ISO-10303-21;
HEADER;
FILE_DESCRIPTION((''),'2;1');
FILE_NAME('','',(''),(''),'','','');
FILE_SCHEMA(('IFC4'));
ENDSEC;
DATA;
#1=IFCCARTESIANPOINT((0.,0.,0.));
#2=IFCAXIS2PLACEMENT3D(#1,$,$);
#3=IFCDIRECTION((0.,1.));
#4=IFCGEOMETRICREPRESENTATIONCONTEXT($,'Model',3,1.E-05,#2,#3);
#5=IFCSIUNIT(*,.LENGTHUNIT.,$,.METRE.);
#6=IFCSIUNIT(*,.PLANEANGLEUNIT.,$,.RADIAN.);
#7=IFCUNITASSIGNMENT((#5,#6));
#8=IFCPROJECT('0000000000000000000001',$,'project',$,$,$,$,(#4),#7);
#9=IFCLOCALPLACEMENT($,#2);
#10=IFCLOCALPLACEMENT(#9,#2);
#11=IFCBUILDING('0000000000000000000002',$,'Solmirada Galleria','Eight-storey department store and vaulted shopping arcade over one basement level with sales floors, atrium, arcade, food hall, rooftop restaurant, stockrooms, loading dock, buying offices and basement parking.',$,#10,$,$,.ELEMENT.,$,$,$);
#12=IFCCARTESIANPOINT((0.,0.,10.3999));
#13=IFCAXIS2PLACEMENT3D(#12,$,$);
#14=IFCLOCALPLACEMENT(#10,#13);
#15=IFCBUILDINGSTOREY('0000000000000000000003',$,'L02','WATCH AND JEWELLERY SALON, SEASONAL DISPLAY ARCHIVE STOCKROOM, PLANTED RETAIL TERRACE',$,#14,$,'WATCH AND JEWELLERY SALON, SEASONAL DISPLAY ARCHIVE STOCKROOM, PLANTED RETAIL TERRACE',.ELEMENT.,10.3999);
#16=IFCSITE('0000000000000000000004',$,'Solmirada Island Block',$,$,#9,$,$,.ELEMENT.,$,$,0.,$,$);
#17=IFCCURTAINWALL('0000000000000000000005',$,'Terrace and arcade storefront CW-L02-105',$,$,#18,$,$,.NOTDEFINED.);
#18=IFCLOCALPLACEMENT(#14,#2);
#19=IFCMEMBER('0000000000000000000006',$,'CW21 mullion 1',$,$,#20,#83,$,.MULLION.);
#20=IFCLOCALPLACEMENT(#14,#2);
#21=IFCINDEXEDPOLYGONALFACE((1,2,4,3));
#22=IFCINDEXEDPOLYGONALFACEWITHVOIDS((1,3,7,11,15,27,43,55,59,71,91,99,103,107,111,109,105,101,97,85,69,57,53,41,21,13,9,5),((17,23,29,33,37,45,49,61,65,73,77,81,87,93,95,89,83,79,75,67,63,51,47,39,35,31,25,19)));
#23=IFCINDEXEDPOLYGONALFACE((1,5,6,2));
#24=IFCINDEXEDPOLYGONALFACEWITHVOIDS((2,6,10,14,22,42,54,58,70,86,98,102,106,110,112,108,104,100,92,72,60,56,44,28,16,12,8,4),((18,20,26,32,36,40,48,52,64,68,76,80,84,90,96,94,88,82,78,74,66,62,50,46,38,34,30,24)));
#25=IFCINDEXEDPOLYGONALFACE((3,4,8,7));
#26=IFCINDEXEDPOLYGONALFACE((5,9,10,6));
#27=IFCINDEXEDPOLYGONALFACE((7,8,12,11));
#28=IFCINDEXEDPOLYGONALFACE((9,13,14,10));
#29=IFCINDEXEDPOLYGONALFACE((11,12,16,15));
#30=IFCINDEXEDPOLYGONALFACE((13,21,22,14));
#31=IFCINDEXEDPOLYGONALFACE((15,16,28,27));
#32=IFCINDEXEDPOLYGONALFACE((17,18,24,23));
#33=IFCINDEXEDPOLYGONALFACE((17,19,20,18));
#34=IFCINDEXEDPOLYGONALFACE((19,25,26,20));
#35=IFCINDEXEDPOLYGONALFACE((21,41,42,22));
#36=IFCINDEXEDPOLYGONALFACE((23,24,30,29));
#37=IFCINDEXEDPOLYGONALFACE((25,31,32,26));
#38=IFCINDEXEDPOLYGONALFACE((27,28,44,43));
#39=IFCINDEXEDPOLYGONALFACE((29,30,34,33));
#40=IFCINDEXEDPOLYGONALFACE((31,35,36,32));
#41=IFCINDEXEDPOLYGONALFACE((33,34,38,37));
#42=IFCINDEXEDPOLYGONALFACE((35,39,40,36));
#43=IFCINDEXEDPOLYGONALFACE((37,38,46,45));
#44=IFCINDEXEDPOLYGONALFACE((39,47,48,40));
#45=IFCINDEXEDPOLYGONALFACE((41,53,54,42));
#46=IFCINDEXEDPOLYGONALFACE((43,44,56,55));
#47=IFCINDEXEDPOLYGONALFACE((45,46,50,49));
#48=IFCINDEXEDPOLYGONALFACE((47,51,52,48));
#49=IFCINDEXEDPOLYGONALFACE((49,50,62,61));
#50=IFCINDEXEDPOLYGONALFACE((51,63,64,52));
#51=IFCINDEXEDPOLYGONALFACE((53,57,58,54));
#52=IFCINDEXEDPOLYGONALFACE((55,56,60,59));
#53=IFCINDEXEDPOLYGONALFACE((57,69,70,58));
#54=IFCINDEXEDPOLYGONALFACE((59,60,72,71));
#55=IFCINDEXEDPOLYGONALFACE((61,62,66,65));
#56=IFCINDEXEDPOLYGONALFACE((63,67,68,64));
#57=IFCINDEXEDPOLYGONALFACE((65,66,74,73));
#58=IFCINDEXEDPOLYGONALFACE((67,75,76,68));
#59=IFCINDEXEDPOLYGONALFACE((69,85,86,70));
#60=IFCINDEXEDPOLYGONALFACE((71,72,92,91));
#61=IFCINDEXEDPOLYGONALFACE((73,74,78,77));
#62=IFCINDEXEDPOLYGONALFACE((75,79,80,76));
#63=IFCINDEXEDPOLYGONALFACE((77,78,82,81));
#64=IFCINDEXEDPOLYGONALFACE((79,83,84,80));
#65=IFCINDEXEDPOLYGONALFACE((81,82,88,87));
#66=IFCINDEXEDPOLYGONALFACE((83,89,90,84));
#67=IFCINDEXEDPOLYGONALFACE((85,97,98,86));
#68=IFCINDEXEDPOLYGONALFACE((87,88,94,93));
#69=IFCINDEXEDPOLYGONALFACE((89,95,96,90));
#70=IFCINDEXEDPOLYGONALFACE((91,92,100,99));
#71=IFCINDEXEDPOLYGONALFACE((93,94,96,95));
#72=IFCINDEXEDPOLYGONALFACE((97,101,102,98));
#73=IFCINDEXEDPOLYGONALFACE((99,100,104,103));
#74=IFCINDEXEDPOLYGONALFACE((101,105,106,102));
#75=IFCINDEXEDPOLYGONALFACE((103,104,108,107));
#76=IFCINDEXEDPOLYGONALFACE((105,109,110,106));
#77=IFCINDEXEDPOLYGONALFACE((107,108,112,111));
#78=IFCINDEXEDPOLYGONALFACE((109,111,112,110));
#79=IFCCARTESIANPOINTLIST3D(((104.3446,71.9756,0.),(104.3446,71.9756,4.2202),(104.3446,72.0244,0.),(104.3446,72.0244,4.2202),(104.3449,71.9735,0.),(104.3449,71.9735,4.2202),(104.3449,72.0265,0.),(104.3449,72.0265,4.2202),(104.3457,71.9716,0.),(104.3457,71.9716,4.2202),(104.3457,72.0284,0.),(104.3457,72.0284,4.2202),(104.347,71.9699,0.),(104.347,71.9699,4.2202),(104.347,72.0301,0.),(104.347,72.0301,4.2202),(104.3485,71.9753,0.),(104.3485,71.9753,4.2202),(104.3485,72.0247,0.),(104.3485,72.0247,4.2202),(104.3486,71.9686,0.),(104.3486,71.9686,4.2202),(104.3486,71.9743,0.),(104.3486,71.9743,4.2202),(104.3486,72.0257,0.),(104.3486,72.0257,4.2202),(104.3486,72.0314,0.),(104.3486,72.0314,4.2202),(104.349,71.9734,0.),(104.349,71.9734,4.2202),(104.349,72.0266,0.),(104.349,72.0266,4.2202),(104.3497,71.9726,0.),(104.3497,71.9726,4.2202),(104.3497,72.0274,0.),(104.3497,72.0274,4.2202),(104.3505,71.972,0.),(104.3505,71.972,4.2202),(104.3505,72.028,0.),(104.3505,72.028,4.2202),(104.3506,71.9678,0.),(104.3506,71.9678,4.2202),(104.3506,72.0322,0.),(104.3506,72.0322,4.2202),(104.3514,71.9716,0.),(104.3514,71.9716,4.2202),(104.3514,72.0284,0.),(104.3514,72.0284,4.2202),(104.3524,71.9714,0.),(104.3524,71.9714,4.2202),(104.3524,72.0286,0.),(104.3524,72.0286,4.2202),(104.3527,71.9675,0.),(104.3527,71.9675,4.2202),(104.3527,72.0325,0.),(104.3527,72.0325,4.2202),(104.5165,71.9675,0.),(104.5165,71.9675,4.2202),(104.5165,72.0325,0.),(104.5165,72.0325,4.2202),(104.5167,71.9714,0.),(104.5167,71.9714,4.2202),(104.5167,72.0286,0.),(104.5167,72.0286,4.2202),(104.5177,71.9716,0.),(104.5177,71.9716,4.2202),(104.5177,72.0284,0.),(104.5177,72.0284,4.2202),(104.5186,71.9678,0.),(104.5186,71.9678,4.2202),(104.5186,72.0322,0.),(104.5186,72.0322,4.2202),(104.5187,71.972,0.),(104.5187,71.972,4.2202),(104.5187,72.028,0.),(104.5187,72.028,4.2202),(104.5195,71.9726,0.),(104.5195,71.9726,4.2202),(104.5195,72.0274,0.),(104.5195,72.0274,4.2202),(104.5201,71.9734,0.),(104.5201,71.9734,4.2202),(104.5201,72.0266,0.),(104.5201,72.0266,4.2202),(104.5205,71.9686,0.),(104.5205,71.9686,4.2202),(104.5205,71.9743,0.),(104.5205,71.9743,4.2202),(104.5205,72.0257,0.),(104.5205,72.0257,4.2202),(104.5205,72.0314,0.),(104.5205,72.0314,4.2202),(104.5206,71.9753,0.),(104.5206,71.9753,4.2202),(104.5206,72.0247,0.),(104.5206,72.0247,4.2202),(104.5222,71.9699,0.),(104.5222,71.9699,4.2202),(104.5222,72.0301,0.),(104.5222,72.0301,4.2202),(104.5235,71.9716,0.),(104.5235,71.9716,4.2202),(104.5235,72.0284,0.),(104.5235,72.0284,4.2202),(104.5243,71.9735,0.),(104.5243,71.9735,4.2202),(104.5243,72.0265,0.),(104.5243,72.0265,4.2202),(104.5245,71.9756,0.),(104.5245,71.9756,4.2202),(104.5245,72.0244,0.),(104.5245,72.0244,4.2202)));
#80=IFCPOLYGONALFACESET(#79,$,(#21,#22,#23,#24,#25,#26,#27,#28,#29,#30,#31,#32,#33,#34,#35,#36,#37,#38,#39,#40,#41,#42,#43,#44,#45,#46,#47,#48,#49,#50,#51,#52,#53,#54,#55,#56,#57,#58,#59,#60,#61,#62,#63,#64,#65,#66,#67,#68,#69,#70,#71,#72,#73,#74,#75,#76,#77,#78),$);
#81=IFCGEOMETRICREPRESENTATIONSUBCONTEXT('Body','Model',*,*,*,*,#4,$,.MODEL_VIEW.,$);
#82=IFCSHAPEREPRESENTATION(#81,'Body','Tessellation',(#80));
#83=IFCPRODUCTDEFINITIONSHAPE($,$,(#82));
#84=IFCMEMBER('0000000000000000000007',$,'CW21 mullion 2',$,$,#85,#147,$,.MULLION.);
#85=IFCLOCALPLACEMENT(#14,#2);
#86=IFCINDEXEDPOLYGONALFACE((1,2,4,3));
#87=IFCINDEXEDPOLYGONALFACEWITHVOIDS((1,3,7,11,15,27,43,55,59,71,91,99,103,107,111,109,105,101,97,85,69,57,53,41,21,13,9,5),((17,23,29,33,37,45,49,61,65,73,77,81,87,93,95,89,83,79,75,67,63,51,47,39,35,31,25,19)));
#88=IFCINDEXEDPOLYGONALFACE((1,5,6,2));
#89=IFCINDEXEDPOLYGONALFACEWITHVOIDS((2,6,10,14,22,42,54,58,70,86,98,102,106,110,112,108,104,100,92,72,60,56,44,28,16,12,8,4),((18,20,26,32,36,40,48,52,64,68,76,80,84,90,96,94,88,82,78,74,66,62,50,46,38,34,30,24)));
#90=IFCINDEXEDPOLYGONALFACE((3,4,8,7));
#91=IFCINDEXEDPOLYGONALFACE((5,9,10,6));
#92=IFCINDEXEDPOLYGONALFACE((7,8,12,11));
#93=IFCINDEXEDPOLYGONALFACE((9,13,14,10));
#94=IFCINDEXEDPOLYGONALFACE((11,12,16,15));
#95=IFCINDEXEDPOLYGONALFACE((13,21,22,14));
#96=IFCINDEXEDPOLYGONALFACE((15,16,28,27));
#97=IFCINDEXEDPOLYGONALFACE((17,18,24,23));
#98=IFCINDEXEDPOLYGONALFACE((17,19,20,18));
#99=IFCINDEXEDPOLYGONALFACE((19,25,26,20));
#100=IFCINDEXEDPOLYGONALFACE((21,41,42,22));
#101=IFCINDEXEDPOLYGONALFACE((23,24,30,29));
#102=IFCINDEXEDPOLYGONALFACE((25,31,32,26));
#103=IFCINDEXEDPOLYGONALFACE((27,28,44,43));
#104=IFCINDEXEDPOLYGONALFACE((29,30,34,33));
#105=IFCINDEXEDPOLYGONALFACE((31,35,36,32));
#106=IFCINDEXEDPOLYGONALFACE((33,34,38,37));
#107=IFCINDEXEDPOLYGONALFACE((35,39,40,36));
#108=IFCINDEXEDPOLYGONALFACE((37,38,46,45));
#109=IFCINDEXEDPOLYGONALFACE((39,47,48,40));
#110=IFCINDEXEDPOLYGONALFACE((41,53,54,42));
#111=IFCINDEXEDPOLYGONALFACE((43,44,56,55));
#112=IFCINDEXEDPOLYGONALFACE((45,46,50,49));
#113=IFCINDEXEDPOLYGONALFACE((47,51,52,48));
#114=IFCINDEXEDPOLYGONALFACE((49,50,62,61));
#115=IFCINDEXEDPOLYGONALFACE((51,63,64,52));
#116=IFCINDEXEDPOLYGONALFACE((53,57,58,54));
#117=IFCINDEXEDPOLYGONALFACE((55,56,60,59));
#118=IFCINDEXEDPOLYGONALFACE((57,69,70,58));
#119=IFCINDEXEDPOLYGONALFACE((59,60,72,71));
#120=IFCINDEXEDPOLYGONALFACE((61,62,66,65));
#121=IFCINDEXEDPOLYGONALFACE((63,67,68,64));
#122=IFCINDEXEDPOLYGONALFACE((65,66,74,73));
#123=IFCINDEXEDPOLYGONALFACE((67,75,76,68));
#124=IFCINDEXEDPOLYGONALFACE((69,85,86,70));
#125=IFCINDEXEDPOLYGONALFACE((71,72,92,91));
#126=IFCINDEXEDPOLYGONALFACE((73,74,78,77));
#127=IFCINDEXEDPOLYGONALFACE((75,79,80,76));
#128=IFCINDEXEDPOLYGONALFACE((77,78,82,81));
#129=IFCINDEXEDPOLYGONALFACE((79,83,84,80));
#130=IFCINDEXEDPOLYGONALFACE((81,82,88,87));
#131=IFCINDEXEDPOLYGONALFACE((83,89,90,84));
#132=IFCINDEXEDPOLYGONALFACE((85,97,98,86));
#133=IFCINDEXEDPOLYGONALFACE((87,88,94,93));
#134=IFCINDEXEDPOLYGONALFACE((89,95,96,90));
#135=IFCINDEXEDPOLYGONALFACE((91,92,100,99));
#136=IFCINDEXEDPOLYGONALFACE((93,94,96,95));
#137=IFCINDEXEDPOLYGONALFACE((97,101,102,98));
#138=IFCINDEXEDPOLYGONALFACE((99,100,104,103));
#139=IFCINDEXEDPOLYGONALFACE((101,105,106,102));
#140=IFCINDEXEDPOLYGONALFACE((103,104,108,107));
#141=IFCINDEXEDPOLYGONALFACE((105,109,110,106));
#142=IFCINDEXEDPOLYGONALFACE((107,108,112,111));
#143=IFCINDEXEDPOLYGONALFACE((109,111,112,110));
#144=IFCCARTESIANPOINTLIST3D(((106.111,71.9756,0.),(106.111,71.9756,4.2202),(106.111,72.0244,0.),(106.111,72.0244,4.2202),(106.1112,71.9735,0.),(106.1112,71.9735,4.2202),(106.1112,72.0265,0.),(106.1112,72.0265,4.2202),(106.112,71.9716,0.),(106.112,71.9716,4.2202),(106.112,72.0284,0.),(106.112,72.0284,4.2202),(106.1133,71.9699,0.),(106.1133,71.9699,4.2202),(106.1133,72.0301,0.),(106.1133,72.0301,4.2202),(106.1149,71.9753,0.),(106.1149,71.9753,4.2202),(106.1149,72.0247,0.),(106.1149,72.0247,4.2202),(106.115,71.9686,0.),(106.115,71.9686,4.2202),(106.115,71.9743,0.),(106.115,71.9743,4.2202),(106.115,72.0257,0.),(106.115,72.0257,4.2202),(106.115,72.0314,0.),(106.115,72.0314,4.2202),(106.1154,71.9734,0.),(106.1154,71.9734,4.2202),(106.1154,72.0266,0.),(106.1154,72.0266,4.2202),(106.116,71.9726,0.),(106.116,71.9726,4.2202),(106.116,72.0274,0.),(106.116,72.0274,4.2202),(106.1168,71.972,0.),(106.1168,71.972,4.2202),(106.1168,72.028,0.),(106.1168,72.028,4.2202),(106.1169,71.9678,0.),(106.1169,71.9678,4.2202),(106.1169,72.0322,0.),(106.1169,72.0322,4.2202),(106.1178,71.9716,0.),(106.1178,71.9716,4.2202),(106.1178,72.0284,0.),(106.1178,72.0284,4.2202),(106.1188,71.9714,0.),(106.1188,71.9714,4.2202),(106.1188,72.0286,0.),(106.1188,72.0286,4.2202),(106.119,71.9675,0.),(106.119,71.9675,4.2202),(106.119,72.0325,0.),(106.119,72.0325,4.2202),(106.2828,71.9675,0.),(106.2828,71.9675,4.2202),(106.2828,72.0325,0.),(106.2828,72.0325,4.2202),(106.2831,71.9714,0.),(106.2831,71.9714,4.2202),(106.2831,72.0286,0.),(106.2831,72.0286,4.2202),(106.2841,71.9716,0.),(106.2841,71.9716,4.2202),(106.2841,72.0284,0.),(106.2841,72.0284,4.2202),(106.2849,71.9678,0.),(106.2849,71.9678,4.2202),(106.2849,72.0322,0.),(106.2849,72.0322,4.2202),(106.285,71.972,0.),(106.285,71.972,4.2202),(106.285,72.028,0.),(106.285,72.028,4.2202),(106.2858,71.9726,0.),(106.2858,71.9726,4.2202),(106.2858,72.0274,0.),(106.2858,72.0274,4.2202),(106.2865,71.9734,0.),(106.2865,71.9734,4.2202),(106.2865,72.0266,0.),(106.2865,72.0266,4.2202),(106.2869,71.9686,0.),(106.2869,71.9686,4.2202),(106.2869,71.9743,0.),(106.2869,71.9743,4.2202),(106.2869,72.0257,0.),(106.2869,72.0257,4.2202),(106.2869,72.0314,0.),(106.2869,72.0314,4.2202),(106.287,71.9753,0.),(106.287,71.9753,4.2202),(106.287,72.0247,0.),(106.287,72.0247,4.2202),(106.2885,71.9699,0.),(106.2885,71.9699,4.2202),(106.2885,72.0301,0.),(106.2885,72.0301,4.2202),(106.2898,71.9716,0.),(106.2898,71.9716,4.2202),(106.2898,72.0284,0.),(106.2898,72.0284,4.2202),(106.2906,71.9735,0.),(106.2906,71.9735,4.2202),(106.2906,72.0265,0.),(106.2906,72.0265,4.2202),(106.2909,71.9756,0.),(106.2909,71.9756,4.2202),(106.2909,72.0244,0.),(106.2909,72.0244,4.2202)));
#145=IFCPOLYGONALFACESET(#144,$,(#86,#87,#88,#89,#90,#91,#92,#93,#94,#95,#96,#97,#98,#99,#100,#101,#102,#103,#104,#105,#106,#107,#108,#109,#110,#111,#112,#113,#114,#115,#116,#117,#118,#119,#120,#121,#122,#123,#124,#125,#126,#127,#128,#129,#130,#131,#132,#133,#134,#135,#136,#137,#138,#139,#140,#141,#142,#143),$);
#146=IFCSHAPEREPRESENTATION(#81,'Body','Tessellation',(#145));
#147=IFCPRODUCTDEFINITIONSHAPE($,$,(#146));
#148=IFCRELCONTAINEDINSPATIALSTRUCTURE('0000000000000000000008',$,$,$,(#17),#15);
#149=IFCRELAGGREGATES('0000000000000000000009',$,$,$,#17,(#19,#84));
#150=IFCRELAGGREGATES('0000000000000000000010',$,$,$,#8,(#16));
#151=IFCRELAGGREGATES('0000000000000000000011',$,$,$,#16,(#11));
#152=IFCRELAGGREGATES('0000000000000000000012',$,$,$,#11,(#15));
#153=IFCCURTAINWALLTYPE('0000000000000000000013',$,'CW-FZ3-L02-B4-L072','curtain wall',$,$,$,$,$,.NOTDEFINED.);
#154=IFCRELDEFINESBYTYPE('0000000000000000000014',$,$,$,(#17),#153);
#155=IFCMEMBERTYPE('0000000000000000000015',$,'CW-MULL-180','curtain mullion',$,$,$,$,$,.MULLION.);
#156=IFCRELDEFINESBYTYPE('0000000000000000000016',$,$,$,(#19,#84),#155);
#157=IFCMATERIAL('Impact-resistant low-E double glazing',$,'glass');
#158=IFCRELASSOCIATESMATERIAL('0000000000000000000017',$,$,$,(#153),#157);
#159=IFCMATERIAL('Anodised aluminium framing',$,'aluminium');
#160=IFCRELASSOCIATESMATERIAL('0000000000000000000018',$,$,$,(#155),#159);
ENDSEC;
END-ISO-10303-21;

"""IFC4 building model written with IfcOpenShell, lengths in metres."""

from ifc_helpers import new_model, si_unit, direction, frame, origin, origin_2d, place, context, subcontext, project, spatial, hollow_rectangle, extrude, material, material_profile, profile_set, type_object, element, aggregate, save


model = new_model("IFC4")

# Units and contexts
model_context = context("Model", 3, precision=1e-05, world=origin(), true_north=direction((0.0, 1.0)))
body_context = subcontext(model_context, "Body", "Model", "MODEL_VIEW")
ifc_project = project(units=[si_unit("LENGTHUNIT", "METRE"), si_unit("PLANEANGLEUNIT", "RADIAN")], contexts=[model_context])

# Site, building, storey
site_placement = place(None, origin())
site = spatial("IfcSite", under=ifc_project, at=site_placement, Name="Solmirada Island Block", CompositionType="ELEMENT", RefElevation=0.0)
building_placement = place(site_placement, origin())
building = spatial("IfcBuilding", under=site, at=building_placement, Name="Solmirada Galleria", Description="Eight-storey department store and vaulted shopping arcade over one basement level with sales floors, atrium, arcade, food hall, rooftop restaurant, stockrooms, loading dock, buying offices and basement parking.", CompositionType="ELEMENT")
storey_placement = place(building_placement, frame((0.0, 0.0, 10.3999)))
storey = spatial("IfcBuildingStorey", under=building, at=storey_placement, Name="L02", Description="WATCH AND JEWELLERY SALON, SEASONAL DISPLAY ARCHIVE STOCKROOM, PLANTED RETAIL TERRACE", LongName="WATCH AND JEWELLERY SALON, SEASONAL DISPLAY ARCHIVE STOCKROOM, PLANTED RETAIL TERRACE", CompositionType="ELEMENT", Elevation=10.3999)

# Curtain wall, members
ifc_material_1 = material(Name="Impact-resistant low-E double glazing", Category="glass")
curtain_wall_type = type_object("IfcCurtainWallType", Name="CW-FZ3-L02-B4-L072", Description="curtain wall", PredefinedType="NOTDEFINED", material=ifc_material_1)
ifc_material_2 = material(Name="Anodised aluminium framing", Category="aluminium")
ifc_material_profile_1 = material_profile(ifc_material_2, hollow_rectangle(XDim=0.0649, YDim=0.1799, WallThickness=0.0039, InnerFilletRadius=0.0039, OuterFilletRadius=0.0081, at=origin_2d()), Name="ALU-MULL-180X65")
ifc_profile_set_1 = profile_set([ifc_material_profile_1], Name="Anodised aluminium framing")
member_type_1 = type_object("IfcMemberType", Name="CW-MULL-180", Description="curtain mullion", PredefinedType="MULLION", material=ifc_profile_set_1)
curtain_wall_1_placement = place(storey_placement, origin())
curtain_wall_1 = element("IfcCurtainWall", 1, at=curtain_wall_1_placement, inside=storey, type_object=curtain_wall_type, Name="Terrace and arcade storefront CW-L02-105", PredefinedType="NOTDEFINED")
member_1_placement = place(storey_placement, frame((104.4346, 72.0, 0.0), z_axis=(0.0, 0.0, 1.0), x_axis=(0.0, 1.0, 0.0)))
member_1 = element("IfcMember", 2, at=member_1_placement, type_object=member_type_1, Name="CW21 mullion 1", PredefinedType="MULLION", context=body_context, shape_type="SweptSolid", body=[
    extrude(hollow_rectangle(XDim=0.0649, YDim=0.1799, WallThickness=0.0039, InnerFilletRadius=0.0039, OuterFilletRadius=0.0081, at=origin_2d()), origin(), (0.0, 0.0, 1.0), 4.2202),
])
member_2_placement = place(storey_placement, frame((106.2009, 72.0, 0.0), z_axis=(0.0, 0.0, 1.0), x_axis=(0.0, 1.0, 0.0)))
member_2 = element("IfcMember", 3, at=member_2_placement, type_object=member_type_1, Name="CW21 mullion 2", PredefinedType="MULLION", context=body_context, shape_type="SweptSolid", body=[
    extrude(hollow_rectangle(XDim=0.0649, YDim=0.1799, WallThickness=0.0039, InnerFilletRadius=0.0039, OuterFilletRadius=0.0081, at=origin_2d()), origin(), (0.0, 0.0, 1.0), 4.2202),
])

aggregate(curtain_wall_1, [member_1, member_2])

save(model, "model.ifc")
